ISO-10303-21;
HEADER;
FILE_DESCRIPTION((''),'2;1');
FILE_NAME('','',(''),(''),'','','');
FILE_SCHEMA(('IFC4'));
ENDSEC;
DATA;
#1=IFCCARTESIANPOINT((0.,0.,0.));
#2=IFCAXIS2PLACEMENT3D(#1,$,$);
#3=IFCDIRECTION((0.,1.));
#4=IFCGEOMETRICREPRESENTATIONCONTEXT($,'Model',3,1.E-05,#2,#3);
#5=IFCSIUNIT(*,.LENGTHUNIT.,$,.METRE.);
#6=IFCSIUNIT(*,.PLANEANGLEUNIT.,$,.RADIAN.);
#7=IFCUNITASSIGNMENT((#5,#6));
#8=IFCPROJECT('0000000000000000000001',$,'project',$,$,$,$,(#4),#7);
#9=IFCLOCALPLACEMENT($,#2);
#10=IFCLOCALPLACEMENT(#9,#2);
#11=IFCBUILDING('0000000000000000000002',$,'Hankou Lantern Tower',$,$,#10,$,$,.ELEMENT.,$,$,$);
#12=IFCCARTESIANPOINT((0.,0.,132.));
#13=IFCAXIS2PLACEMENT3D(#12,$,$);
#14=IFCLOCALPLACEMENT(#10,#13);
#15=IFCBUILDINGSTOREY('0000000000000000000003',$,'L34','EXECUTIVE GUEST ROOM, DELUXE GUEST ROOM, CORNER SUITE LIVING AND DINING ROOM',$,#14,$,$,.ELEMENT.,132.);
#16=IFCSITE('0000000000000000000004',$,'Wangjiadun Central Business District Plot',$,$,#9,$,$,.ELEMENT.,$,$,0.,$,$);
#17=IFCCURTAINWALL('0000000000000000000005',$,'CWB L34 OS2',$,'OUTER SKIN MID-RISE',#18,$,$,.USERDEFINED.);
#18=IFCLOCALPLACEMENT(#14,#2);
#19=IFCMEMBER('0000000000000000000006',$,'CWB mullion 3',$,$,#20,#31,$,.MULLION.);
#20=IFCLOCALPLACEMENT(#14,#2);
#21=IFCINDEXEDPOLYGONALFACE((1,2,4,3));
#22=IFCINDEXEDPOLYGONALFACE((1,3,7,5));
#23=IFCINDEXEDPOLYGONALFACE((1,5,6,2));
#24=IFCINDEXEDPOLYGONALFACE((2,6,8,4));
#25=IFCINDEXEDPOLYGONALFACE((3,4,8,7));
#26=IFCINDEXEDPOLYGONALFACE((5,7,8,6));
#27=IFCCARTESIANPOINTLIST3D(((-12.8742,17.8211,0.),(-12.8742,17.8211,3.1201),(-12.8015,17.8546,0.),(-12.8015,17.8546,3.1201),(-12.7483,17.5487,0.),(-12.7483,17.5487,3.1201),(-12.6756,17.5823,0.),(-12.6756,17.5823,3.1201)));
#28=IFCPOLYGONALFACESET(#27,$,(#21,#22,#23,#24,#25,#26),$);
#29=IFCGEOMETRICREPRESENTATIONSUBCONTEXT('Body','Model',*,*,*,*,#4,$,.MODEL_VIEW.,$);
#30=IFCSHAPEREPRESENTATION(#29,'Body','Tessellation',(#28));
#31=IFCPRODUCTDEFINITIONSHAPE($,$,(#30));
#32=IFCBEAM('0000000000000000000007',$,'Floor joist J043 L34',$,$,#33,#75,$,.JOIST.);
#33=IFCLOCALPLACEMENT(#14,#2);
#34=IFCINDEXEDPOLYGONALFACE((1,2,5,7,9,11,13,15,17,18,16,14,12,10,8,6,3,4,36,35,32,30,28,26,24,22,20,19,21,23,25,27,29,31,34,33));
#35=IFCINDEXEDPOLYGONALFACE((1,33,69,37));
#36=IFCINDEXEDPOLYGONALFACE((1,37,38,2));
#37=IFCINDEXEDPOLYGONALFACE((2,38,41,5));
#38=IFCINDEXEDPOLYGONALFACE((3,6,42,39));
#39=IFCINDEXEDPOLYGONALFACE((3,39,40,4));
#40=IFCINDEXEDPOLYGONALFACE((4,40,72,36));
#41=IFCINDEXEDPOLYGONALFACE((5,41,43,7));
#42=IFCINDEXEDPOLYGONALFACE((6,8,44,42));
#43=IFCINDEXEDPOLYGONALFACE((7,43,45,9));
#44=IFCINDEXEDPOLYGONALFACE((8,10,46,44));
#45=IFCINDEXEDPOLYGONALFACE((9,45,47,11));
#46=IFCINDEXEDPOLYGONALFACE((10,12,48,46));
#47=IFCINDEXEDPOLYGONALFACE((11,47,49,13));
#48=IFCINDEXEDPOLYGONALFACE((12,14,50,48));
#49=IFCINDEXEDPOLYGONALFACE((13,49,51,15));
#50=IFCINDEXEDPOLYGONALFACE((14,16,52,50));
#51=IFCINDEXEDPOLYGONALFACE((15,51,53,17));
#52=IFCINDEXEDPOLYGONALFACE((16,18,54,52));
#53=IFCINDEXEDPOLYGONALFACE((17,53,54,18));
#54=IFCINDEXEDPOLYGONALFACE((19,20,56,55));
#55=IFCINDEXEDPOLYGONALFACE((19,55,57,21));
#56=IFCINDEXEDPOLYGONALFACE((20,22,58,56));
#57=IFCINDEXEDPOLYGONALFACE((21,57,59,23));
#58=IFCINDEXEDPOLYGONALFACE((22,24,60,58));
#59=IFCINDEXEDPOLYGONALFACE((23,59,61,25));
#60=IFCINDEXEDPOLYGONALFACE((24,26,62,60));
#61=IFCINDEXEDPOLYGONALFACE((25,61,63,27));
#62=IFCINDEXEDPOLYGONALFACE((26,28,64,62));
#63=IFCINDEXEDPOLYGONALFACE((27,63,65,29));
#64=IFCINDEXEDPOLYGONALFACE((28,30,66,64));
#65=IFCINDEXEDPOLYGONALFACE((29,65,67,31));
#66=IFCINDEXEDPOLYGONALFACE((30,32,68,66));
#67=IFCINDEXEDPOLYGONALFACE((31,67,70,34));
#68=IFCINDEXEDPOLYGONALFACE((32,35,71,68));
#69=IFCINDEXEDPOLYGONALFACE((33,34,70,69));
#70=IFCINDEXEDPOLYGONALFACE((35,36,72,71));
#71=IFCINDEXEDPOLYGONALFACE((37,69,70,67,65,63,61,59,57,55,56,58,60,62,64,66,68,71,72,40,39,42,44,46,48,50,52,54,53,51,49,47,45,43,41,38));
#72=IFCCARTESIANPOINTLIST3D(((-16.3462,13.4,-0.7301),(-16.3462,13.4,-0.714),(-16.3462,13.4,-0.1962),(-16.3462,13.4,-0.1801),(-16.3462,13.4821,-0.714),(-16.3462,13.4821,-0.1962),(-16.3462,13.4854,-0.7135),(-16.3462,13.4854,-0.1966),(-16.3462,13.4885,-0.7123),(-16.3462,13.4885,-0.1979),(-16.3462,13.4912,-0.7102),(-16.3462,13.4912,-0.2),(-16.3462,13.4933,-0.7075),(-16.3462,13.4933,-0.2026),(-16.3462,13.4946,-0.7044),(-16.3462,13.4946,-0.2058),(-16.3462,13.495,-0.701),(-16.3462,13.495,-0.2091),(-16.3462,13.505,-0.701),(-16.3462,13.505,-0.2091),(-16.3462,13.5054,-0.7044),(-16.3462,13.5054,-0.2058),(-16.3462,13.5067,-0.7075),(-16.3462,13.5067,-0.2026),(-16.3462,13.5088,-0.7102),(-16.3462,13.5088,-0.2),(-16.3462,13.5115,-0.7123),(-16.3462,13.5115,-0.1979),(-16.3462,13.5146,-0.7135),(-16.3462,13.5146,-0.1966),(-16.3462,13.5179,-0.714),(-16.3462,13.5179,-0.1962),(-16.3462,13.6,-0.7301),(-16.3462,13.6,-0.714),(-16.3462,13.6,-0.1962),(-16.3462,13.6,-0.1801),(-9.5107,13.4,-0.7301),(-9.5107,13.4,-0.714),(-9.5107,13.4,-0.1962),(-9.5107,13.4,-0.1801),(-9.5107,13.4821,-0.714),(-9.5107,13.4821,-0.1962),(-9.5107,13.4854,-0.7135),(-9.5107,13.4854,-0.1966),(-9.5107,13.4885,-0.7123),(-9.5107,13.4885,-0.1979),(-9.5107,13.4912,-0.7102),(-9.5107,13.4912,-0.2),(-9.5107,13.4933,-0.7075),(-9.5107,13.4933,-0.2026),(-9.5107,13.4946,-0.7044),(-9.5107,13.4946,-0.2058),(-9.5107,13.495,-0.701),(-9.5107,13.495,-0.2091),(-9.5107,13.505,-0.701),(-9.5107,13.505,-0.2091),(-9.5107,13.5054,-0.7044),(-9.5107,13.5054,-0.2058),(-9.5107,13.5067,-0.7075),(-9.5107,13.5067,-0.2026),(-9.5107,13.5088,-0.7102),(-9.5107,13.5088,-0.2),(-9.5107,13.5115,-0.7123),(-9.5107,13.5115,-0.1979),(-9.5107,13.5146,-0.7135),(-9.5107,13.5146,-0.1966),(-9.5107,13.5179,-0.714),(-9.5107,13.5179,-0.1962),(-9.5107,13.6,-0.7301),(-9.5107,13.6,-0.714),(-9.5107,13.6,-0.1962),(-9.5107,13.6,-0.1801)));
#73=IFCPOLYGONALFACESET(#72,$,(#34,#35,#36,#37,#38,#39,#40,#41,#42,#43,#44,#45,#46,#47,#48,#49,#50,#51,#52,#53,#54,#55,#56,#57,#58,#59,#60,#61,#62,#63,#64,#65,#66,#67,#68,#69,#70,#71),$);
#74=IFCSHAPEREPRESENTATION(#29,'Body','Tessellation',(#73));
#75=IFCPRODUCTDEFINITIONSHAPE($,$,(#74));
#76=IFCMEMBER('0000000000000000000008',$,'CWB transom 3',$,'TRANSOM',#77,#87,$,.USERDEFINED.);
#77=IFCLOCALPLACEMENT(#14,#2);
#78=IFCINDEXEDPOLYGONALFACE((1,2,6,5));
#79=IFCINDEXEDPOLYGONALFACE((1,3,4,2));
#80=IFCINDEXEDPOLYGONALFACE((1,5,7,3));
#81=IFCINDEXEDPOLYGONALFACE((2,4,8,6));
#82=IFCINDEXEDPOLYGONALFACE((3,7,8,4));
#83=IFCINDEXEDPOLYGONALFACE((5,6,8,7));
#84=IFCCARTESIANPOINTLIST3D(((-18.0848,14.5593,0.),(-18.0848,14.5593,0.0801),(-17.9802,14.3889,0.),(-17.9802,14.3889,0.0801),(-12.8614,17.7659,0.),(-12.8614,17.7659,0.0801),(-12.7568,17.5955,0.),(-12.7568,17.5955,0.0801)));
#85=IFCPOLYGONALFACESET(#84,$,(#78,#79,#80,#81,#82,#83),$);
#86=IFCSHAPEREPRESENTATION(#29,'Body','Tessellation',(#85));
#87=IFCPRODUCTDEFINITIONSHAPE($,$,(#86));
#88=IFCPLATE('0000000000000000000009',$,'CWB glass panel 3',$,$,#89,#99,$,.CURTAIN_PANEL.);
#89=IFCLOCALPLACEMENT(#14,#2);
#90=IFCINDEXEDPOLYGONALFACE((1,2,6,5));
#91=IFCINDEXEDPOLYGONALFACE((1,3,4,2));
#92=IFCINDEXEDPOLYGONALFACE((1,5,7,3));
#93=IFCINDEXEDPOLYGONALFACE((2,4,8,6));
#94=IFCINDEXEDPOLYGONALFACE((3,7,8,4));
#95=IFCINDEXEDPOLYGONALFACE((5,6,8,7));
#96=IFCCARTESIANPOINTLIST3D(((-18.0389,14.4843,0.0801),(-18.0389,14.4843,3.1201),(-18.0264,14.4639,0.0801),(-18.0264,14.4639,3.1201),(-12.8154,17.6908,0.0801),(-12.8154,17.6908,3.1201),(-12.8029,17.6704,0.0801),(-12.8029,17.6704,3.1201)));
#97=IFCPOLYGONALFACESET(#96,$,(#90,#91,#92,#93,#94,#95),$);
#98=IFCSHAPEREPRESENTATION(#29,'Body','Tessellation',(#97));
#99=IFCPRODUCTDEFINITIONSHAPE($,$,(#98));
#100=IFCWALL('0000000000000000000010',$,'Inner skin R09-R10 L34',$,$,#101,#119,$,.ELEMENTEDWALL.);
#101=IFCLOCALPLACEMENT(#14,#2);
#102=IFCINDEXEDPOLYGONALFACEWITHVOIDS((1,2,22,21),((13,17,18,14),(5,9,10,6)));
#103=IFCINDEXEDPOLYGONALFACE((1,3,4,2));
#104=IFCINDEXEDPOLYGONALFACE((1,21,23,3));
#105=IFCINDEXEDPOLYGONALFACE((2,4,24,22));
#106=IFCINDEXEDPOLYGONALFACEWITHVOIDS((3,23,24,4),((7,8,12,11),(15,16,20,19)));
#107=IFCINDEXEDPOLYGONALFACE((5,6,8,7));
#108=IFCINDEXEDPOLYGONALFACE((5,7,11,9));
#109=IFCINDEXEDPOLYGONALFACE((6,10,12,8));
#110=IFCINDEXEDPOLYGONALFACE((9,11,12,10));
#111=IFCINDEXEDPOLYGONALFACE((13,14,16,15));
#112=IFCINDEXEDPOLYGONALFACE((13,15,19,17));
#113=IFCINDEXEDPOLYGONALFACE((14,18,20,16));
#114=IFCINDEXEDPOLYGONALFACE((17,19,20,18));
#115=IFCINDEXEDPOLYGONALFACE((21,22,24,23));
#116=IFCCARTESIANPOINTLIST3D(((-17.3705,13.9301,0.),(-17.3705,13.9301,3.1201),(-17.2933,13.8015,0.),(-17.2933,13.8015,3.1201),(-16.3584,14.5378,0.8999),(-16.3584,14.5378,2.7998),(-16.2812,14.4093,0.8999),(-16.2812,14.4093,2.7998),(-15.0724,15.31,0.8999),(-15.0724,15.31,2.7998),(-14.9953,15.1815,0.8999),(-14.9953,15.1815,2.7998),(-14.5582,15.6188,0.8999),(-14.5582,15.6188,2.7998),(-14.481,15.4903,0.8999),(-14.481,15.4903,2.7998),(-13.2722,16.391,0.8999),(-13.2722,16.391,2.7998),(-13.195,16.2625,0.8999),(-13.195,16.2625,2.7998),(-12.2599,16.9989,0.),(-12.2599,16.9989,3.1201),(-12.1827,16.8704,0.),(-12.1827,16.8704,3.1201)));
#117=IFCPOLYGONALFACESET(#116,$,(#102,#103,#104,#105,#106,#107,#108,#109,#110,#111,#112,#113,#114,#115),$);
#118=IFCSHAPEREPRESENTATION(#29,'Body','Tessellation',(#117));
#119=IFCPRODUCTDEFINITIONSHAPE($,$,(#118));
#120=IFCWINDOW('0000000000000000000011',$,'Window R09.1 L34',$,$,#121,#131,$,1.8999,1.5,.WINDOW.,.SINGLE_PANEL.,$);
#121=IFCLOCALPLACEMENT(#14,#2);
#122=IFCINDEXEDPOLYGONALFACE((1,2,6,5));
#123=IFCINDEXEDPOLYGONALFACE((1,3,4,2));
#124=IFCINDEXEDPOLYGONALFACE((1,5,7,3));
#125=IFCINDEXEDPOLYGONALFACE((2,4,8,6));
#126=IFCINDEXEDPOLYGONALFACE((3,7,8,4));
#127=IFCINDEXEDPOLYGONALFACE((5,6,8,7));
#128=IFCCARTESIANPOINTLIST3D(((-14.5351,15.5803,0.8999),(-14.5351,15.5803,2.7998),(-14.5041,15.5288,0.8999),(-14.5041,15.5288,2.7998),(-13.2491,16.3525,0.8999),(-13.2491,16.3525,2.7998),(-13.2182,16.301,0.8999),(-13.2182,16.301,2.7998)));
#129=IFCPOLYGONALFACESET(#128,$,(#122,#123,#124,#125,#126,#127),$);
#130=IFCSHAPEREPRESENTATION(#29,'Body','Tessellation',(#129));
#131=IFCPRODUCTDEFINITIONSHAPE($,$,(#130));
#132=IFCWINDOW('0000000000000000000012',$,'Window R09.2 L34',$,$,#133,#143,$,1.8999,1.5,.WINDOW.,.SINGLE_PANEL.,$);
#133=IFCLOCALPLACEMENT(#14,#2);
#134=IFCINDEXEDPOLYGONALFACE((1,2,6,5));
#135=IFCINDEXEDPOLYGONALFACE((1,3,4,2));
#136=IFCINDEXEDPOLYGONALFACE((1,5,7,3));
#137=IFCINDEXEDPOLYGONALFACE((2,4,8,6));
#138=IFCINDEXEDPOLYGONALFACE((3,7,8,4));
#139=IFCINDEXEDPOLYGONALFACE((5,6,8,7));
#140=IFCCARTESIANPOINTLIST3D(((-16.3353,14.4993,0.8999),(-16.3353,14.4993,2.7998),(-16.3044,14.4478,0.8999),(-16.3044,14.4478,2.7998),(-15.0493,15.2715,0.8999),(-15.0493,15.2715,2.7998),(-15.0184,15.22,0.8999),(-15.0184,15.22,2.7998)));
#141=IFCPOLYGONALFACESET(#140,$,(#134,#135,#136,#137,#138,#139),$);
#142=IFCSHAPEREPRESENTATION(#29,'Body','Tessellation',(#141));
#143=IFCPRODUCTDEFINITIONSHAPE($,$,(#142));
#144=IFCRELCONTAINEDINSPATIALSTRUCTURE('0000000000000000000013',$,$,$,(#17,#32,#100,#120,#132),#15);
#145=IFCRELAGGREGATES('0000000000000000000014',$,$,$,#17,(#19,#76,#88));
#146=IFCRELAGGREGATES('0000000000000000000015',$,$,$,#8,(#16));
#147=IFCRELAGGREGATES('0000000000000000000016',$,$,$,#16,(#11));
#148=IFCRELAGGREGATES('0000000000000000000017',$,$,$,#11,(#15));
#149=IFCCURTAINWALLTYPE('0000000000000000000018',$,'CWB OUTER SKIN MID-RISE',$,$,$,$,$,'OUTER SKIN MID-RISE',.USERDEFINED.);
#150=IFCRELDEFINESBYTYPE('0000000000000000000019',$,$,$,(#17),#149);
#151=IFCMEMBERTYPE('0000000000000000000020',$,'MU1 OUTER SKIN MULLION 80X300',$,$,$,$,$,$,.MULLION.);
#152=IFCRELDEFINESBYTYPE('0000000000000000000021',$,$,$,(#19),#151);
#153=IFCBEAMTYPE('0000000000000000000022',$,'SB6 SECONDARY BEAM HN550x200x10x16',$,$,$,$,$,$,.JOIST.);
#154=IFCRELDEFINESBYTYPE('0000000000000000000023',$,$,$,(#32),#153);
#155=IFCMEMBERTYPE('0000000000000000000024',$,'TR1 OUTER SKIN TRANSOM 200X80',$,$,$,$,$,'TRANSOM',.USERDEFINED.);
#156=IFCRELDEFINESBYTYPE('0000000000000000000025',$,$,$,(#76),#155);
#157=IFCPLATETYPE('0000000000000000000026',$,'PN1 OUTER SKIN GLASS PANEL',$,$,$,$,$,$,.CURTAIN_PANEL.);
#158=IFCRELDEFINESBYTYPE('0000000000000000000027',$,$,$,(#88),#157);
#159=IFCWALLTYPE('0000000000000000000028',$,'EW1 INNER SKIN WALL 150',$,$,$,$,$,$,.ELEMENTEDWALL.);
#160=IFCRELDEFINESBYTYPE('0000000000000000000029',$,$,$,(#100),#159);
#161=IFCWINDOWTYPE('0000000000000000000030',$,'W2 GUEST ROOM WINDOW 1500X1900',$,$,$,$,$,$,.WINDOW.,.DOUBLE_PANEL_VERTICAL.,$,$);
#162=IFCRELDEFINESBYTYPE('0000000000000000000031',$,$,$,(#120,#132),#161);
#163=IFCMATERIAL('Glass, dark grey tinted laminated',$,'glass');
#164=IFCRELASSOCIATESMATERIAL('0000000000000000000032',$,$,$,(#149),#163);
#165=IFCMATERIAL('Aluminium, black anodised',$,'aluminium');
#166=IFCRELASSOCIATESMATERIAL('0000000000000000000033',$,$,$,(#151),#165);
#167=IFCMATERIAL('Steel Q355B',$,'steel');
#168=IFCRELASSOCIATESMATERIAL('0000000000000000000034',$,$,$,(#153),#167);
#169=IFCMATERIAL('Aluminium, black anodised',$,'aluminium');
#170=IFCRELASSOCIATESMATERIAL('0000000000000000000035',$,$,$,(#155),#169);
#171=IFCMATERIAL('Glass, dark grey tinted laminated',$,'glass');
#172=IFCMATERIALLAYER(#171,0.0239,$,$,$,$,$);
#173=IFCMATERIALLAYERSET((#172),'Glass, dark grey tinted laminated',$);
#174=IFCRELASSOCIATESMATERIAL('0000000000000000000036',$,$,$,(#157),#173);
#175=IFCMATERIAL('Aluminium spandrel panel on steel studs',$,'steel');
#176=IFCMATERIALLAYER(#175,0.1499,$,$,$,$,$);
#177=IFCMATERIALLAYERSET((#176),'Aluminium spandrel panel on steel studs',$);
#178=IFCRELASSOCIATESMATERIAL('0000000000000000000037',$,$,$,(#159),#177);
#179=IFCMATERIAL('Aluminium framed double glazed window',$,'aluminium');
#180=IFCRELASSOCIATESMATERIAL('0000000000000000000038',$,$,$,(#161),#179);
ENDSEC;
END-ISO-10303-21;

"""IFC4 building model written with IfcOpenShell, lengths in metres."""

from ifc_helpers import new_model, si_unit, direction, frame, frame_2d, origin, origin_2d, place, context, subcontext, project, spatial, rectangle, i_section, extrude, material, layer, layer_set, material_profile, profile_set, type_object, element, fill, aggregate, save


model = new_model("IFC4")

# Units and contexts
model_context = context("Model", 3, precision=1e-05, world=origin(), true_north=direction((0.0, 1.0)))
body_context = subcontext(model_context, "Body", "Model", "MODEL_VIEW")
ifc_project = project(units=[si_unit("LENGTHUNIT", "METRE"), si_unit("PLANEANGLEUNIT", "RADIAN")], contexts=[model_context])

# Site, building, storey
site_placement = place(None, origin())
site = spatial("IfcSite", under=ifc_project, at=site_placement, Name="Wangjiadun Central Business District Plot", CompositionType="ELEMENT", RefElevation=0.0)
building_placement = place(site_placement, origin())
building = spatial("IfcBuilding", under=site, at=building_placement, Name="Hankou Lantern Tower", CompositionType="ELEMENT")
storey_placement = place(building_placement, frame((0.0, 0.0, 132.0)))
storey = spatial("IfcBuildingStorey", under=building, at=storey_placement, Name="L34", Description="EXECUTIVE GUEST ROOM, DELUXE GUEST ROOM, CORNER SUITE LIVING AND DINING ROOM", CompositionType="ELEMENT", Elevation=132.0)

# Curtain wall, member
ifc_material_1 = material(Name="Glass, dark grey tinted laminated", Category="glass")
curtain_wall_type = type_object("IfcCurtainWallType", Name="CWB OUTER SKIN MID-RISE", ElementType="OUTER SKIN MID-RISE", PredefinedType="USERDEFINED", material=ifc_material_1)
curtain_wall_placement = place(storey_placement, origin())
curtain_wall = element("IfcCurtainWall", 1, at=curtain_wall_placement, inside=storey, type_object=curtain_wall_type, Name="CWB L34 OS2", ObjectType="OUTER SKIN MID-RISE", PredefinedType="USERDEFINED")
ifc_material_2 = material(Name="Aluminium, black anodised", Category="aluminium")
ifc_material_profile_1 = material_profile(ifc_material_2, rectangle(XDim=0.0801, YDim=0.3, at=origin_2d()), Name="MU1 80X300")
ifc_profile_set_1 = profile_set([ifc_material_profile_1], Name="Aluminium, black anodised")
member_type_1 = type_object("IfcMemberType", Name="MU1 OUTER SKIN MULLION 80X300", PredefinedType="MULLION", material=ifc_profile_set_1)
member_1_placement = place(storey_placement, frame((-12.7749, 17.7017, 0.0), z_axis=(0.0, 0.0, 1.0), x_axis=(-0.907841, -0.419314, 0.0)))
member_1 = element("IfcMember", 2, at=member_1_placement, type_object=member_type_1, Name="CWB mullion 3", PredefinedType="MULLION", context=body_context, shape_type="SweptSolid", body=[
    extrude(rectangle(XDim=0.0801, YDim=0.3, at=origin_2d()), origin(), (0.0, 0.0, 1.0), 3.1201),
])

# Beam
ifc_material_3 = material(Name="Steel Q355B", Category="steel")
ifc_material_profile_2 = material_profile(ifc_material_3, i_section(OverallWidth=0.2, OverallDepth=0.55, WebThickness=0.01, FlangeThickness=0.0161, FilletRadius=0.0129, at=origin_2d()), Name="HN550x200x10x16")
ifc_profile_set_2 = profile_set([ifc_material_profile_2], Name="Steel Q355B")
beam_type = type_object("IfcBeamType", Name="SB6 SECONDARY BEAM HN550x200x10x16", PredefinedType="JOIST", material=ifc_profile_set_2)
beam_placement = place(storey_placement, frame((-16.3462, 13.5, -0.4551), z_axis=(1.0, 0.0, 0.0), x_axis=(0.0, 1.0, 0.0)))
element("IfcBeam", 3, at=beam_placement, inside=storey, type_object=beam_type, Name="Floor joist J043 L34", PredefinedType="JOIST", context=body_context, shape_type="SweptSolid", body=[
    extrude(i_section(OverallWidth=0.2, OverallDepth=0.55, WebThickness=0.01, FlangeThickness=0.0161, FilletRadius=0.0129, at=origin_2d()), origin(), (0.0, 0.0, 1.0), 6.8354),
])

# Member
ifc_material_4 = material(Name="Aluminium, black anodised", Category="aluminium")
ifc_material_profile_3 = material_profile(ifc_material_4, rectangle(XDim=0.2, YDim=0.0801, at=origin_2d()), Name="TR1 200X80")
ifc_profile_set_3 = profile_set([ifc_material_profile_3], Name="Aluminium, black anodised")
member_type_2 = type_object("IfcMemberType", Name="TR1 OUTER SKIN TRANSOM 200X80", ElementType="TRANSOM", PredefinedType="USERDEFINED", material=ifc_profile_set_3)
member_2_placement = place(storey_placement, frame((-12.8091, 17.6807, 0.04), z_axis=(-0.852229, -0.523168, 0.0), x_axis=(0.523168, -0.852229, 0.0)))
member_2 = element("IfcMember", 4, at=member_2_placement, type_object=member_type_2, Name="CWB transom 3", ObjectType="TRANSOM", PredefinedType="USERDEFINED", context=body_context, shape_type="SweptSolid", body=[
    extrude(rectangle(XDim=0.2, YDim=0.0801, at=origin_2d()), origin(), (0.0, 0.0, 1.0), 6.1292),
])

# Plate
ifc_material_5 = material(Name="Glass, dark grey tinted laminated", Category="glass")
ifc_layer_1 = layer(ifc_material_5, 0.0239)
ifc_layer_set_1 = layer_set([ifc_layer_1], Name="Glass, dark grey tinted laminated")
plate_type = type_object("IfcPlateType", Name="PN1 OUTER SKIN GLASS PANEL", PredefinedType="CURTAIN_PANEL", material=ifc_layer_set_1)
plate_placement = place(storey_placement, frame((-15.4209, 16.0774, 0.0801), z_axis=(0.0, 0.0, 1.0), x_axis=(-0.852237, -0.523156, 0.0)))
plate = element("IfcPlate", 5, at=plate_placement, type_object=plate_type, Name="CWB glass panel 3", PredefinedType="CURTAIN_PANEL", context=body_context, shape_type="SweptSolid", body=[
    extrude(rectangle(XDim=6.1292, YDim=0.0239, at=origin_2d()), origin(), (0.0, 0.0, 1.0), 3.04),
])
aggregate(curtain_wall, [member_1, member_2, plate])

# Wall, openings, windows
ifc_material_6 = material(Name="Aluminium spandrel panel on steel studs", Category="steel")
ifc_layer_2 = layer(ifc_material_6, 0.1499)
ifc_layer_set_2 = layer_set([ifc_layer_2], Name="Aluminium spandrel panel on steel studs")
wall_type_1 = type_object("IfcWallType", Name="EW1 INNER SKIN WALL 150", PredefinedType="ELEMENTEDWALL", material=ifc_layer_set_2)
wall_1_placement = place(storey_placement, frame((-12.2214, 16.9346, 0.0), z_axis=(0.0, 0.0, 1.0), x_axis=(-0.857309, -0.514803, 0.0)))
wall_1 = element("IfcWall", 6, at=wall_1_placement, inside=storey, type_object=wall_type_1, Name="Inner skin R09-R10 L34", PredefinedType="ELEMENTEDWALL", context=body_context, shape_type="SweptSolid", body=[
    extrude(rectangle(XDim=5.9612, YDim=0.1499, at=frame_2d((2.9805, 0.0))), origin(), (0.0, 0.0, 1.0), 3.1201),
])
opening_1_placement = place(wall_1_placement, frame((1.1807, 0.0, 0.8999)))
opening_1 = element("IfcOpeningElement", 7, at=opening_1_placement, cuts=wall_1, PredefinedType="OPENING", context=body_context, shape_type="SweptSolid", body=[
    extrude(rectangle(XDim=1.5, YDim=1.8999, at=frame_2d((0.75, 0.95))), frame((0.0, 0.085, 0.0), z_axis=(0.0, -1.0, 0.0), x_axis=(1.0, 0.0, 0.0)), (0.0, 0.0, 1.0), 0.1699),
])
opening_2_placement = place(wall_1_placement, frame((3.2805, 0.0, 0.8999)))
opening_2 = element("IfcOpeningElement", 8, at=opening_2_placement, cuts=wall_1, PredefinedType="OPENING", context=body_context, shape_type="SweptSolid", body=[
    extrude(rectangle(XDim=1.5, YDim=1.8999, at=frame_2d((0.75, 0.95))), frame((0.0, 0.085, 0.0), z_axis=(0.0, -1.0, 0.0), x_axis=(1.0, 0.0, 0.0)), (0.0, 0.0, 1.0), 0.1699),
])
ifc_material_7 = material(Name="Aluminium framed double glazed window", Category="aluminium")
window_type = type_object("IfcWindowType", Name="W2 GUEST ROOM WINDOW 1500X1900", PartitioningType="DOUBLE_PANEL_VERTICAL", PredefinedType="WINDOW", material=ifc_material_7)
window_1_placement = place(opening_1_placement, origin())
window_1 = element("IfcWindow", 9, at=window_1_placement, inside=storey, type_object=window_type, Name="Window R09.1 L34", OverallHeight=1.8999, OverallWidth=1.5, PartitioningType="SINGLE_PANEL", PredefinedType="WINDOW", context=body_context, shape_type="SweptSolid", body=[
    extrude(rectangle(XDim=1.5, YDim=1.8999, at=frame_2d((0.75, 0.95))), frame((0.0, 0.03, 0.0), z_axis=(0.0, -1.0, 0.0), x_axis=(1.0, 0.0, 0.0)), (0.0, 0.0, 1.0), 0.0601),
])
fill(opening_1, window_1)
window_2_placement = place(opening_2_placement, origin())
window_2 = element("IfcWindow", 10, at=window_2_placement, inside=storey, type_object=window_type, Name="Window R09.2 L34", OverallHeight=1.8999, OverallWidth=1.5, PartitioningType="SINGLE_PANEL", PredefinedType="WINDOW", context=body_context, shape_type="SweptSolid", body=[
    extrude(rectangle(XDim=1.5, YDim=1.8999, at=frame_2d((0.75, 0.95))), frame((0.0, 0.03, 0.0), z_axis=(0.0, -1.0, 0.0), x_axis=(1.0, 0.0, 0.0)), (0.0, 0.0, 1.0), 0.0601),
])
fill(opening_2, window_2)

save(model, "model.ifc")
